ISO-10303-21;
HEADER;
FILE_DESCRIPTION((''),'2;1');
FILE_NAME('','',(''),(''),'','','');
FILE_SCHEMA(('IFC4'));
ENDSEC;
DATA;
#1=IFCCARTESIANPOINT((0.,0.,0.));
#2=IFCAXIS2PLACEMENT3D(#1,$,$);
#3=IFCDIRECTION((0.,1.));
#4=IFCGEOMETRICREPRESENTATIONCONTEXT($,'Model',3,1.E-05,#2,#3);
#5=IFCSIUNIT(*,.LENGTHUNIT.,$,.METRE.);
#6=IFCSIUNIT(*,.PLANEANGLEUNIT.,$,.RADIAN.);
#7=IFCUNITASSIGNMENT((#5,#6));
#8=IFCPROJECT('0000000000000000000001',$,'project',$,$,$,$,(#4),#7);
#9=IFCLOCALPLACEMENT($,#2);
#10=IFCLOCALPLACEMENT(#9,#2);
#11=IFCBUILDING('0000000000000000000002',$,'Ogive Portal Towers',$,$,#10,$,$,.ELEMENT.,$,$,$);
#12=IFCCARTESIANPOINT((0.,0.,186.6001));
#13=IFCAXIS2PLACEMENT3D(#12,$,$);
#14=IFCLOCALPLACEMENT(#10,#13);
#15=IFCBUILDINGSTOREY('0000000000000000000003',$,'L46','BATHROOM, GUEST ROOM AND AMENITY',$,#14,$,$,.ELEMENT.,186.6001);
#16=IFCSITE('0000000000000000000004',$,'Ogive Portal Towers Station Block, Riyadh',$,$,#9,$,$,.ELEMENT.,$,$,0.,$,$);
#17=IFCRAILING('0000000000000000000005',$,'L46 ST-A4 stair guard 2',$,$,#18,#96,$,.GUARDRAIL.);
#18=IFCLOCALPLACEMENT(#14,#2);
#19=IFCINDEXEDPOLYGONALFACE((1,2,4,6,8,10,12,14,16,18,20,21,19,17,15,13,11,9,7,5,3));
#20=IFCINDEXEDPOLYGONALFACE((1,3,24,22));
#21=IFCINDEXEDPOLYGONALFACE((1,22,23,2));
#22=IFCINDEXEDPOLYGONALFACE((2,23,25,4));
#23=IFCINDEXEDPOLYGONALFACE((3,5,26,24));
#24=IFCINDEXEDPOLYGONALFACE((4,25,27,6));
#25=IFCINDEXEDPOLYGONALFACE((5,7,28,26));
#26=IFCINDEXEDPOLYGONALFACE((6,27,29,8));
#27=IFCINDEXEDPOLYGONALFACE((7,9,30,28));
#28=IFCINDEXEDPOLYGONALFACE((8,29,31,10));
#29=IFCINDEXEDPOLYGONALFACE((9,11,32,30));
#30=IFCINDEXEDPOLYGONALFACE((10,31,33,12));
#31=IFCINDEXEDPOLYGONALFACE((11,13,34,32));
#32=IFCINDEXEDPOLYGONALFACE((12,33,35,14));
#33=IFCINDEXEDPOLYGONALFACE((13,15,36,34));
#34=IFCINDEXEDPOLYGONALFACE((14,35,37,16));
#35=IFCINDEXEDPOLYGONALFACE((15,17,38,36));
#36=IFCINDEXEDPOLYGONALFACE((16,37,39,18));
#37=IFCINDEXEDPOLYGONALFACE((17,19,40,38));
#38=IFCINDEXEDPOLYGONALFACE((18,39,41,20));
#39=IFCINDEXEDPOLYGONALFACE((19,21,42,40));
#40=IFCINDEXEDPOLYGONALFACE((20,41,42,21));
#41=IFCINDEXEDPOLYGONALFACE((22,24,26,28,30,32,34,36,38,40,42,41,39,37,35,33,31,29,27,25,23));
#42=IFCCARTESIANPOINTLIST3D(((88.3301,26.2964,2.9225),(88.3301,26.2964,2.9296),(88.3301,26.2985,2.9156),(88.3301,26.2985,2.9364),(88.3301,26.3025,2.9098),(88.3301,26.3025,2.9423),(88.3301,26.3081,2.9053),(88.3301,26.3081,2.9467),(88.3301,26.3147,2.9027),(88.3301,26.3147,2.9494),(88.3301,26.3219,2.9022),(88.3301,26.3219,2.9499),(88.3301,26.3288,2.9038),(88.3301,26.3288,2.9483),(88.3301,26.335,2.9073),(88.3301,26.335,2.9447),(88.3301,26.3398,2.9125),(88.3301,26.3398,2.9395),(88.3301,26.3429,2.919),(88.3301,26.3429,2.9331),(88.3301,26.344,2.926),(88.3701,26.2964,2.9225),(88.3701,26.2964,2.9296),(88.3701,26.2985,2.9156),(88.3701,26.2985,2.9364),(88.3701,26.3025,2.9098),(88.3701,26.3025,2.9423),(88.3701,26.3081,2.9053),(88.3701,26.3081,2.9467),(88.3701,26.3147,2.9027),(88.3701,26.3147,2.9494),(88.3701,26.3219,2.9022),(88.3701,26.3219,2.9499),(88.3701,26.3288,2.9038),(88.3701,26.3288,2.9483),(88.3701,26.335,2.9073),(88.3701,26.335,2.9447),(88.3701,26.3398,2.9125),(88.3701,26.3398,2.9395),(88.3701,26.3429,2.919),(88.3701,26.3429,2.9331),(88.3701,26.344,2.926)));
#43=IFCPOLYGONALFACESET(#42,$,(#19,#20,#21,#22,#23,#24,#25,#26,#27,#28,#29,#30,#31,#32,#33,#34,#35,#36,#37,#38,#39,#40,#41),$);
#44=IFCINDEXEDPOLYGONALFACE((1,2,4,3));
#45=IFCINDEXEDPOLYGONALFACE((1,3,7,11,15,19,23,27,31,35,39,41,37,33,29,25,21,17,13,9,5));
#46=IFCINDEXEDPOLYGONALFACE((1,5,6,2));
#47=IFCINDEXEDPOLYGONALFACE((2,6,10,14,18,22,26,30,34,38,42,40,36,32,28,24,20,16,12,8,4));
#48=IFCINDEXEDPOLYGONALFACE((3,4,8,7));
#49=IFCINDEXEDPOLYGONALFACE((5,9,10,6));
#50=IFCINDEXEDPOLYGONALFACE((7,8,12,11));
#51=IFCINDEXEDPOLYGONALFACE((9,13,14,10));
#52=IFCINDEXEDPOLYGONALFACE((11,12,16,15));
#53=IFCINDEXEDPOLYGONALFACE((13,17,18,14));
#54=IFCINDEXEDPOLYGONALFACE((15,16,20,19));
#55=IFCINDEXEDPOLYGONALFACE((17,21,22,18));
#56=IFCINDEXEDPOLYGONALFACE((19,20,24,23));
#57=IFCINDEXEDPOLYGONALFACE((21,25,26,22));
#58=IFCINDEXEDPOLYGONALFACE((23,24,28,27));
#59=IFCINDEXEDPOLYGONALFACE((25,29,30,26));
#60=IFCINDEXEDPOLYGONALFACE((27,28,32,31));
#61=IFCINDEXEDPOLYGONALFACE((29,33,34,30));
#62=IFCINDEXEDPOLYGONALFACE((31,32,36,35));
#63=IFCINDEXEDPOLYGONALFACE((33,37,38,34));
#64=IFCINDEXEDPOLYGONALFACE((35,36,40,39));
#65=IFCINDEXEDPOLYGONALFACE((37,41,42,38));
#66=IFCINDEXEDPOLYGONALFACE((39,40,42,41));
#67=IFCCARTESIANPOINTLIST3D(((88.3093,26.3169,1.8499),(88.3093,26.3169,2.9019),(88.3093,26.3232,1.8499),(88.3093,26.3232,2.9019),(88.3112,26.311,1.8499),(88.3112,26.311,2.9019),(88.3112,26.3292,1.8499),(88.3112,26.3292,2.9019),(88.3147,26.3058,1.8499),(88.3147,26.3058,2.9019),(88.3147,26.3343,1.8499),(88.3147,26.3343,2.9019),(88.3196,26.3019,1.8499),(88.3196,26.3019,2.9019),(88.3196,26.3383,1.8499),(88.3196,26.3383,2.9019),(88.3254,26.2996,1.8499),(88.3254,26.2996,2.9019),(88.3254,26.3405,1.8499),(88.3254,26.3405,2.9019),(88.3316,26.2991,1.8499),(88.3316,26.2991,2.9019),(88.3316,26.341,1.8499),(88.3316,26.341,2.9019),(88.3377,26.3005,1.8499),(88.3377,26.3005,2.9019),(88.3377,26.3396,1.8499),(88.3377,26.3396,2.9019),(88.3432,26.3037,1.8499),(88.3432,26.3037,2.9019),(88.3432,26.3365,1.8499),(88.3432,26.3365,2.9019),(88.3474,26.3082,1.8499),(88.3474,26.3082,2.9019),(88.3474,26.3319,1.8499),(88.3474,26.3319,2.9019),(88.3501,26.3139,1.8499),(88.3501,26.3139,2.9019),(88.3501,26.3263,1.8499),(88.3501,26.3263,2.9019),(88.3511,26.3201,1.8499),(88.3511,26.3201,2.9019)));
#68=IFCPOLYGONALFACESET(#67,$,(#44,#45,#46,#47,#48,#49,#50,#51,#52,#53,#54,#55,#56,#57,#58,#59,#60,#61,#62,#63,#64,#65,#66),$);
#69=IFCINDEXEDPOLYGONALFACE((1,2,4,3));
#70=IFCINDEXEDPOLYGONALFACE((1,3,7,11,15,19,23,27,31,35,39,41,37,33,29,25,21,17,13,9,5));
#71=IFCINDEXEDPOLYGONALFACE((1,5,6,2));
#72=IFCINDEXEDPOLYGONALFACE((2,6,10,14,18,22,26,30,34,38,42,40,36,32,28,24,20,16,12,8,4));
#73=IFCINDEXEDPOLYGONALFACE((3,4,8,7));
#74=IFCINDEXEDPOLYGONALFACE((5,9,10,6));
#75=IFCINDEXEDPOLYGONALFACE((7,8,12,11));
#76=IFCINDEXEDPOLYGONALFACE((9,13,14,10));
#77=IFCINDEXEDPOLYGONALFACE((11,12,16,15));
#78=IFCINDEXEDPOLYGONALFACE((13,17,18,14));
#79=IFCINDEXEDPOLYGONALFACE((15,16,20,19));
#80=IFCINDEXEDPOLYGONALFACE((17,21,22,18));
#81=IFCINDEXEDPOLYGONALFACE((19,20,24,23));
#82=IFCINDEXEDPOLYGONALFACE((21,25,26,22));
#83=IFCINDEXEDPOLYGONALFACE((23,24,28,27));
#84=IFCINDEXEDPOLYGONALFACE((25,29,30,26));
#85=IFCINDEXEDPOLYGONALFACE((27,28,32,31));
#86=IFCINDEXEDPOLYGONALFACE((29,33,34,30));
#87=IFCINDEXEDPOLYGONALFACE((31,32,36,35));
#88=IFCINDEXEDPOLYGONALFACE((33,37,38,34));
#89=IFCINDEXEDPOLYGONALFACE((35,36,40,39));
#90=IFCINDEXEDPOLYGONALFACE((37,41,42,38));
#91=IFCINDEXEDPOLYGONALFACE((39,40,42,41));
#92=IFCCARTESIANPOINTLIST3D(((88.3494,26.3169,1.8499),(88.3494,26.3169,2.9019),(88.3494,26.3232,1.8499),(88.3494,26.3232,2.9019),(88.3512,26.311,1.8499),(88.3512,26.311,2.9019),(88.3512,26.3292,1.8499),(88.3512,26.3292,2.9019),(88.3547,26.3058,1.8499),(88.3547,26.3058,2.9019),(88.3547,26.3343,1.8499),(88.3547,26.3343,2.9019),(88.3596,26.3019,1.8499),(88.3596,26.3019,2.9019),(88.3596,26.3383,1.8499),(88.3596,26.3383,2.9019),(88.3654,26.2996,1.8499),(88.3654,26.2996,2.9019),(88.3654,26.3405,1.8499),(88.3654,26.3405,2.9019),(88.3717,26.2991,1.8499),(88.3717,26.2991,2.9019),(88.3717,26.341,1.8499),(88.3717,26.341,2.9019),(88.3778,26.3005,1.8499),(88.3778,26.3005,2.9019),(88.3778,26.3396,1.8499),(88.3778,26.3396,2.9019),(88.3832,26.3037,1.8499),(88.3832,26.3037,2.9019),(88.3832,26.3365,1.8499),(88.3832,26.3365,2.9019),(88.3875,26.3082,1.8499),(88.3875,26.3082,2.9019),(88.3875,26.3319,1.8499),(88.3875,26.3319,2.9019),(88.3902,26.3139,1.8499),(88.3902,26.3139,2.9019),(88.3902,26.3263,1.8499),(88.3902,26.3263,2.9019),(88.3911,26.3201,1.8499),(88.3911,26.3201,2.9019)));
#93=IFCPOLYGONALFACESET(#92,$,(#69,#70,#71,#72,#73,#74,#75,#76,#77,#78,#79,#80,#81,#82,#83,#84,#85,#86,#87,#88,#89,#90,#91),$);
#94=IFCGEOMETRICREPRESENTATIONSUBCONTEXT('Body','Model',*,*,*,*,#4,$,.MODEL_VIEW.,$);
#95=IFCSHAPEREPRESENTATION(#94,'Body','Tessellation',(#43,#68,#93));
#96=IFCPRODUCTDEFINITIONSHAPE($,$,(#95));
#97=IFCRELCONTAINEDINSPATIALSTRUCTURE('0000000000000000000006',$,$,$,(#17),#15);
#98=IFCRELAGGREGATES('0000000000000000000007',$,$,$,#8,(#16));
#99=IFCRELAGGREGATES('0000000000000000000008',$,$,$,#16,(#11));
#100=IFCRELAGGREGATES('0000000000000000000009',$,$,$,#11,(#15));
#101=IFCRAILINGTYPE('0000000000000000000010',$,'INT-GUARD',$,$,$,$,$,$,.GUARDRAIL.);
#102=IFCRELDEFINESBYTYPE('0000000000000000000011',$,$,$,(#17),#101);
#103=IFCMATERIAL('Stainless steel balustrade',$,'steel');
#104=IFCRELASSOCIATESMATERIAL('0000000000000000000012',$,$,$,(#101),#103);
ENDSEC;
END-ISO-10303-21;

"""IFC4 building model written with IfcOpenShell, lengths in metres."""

from ifc_helpers import new_model, si_unit, direction, frame, origin, origin_2d, place, context, subcontext, project, spatial, circle, extrude, material, type_object, element, save


model = new_model("IFC4")

# Units and contexts
model_context = context("Model", 3, precision=1e-05, world=origin(), true_north=direction((0.0, 1.0)))
body_context = subcontext(model_context, "Body", "Model", "MODEL_VIEW")
ifc_project = project(units=[si_unit("LENGTHUNIT", "METRE"), si_unit("PLANEANGLEUNIT", "RADIAN")], contexts=[model_context])

# Site, building, storey
site_placement = place(None, origin())
site = spatial("IfcSite", under=ifc_project, at=site_placement, Name="Ogive Portal Towers Station Block, Riyadh", CompositionType="ELEMENT", RefElevation=0.0)
building_placement = place(site_placement, origin())
building = spatial("IfcBuilding", under=site, at=building_placement, Name="Ogive Portal Towers", CompositionType="ELEMENT")
storey_placement = place(building_placement, frame((0.0, 0.0, 186.6001)))
storey = spatial("IfcBuildingStorey", under=building, at=storey_placement, Name="L46", Description="BATHROOM, GUEST ROOM AND AMENITY", CompositionType="ELEMENT", Elevation=186.6001)

# Railing
ifc_material_1 = material(Name="Stainless steel balustrade", Category="steel")
railing_type_1 = type_object("IfcRailingType", Name="INT-GUARD", PredefinedType="GUARDRAIL", material=ifc_material_1)
railing_1_placement = place(storey_placement, frame((88.3301, 26.3201, 1.8499)))
element("IfcRailing", 1, at=railing_1_placement, inside=storey, type_object=railing_type_1, Name="L46 ST-A4 stair guard 2", PredefinedType="GUARDRAIL", context=body_context, shape_type="SweptSolid", body=[
    extrude(circle(Radius=0.0239, at=origin_2d()), frame((0.0, 0.0, 1.0762), z_axis=(1.0, 0.0, 0.0), x_axis=(0.0, 1.0, 0.0)), (0.0, 0.0, 1.0), 0.04),
    extrude(circle(Radius=0.021, at=origin_2d()), origin(), (0.0, 0.0, 1.0), 1.052),
    extrude(circle(Radius=0.021, at=origin_2d()), frame((0.04, 0.0, 0.0)), (0.0, 0.0, 1.0), 1.052),
])

save(model, "model.ifc")
